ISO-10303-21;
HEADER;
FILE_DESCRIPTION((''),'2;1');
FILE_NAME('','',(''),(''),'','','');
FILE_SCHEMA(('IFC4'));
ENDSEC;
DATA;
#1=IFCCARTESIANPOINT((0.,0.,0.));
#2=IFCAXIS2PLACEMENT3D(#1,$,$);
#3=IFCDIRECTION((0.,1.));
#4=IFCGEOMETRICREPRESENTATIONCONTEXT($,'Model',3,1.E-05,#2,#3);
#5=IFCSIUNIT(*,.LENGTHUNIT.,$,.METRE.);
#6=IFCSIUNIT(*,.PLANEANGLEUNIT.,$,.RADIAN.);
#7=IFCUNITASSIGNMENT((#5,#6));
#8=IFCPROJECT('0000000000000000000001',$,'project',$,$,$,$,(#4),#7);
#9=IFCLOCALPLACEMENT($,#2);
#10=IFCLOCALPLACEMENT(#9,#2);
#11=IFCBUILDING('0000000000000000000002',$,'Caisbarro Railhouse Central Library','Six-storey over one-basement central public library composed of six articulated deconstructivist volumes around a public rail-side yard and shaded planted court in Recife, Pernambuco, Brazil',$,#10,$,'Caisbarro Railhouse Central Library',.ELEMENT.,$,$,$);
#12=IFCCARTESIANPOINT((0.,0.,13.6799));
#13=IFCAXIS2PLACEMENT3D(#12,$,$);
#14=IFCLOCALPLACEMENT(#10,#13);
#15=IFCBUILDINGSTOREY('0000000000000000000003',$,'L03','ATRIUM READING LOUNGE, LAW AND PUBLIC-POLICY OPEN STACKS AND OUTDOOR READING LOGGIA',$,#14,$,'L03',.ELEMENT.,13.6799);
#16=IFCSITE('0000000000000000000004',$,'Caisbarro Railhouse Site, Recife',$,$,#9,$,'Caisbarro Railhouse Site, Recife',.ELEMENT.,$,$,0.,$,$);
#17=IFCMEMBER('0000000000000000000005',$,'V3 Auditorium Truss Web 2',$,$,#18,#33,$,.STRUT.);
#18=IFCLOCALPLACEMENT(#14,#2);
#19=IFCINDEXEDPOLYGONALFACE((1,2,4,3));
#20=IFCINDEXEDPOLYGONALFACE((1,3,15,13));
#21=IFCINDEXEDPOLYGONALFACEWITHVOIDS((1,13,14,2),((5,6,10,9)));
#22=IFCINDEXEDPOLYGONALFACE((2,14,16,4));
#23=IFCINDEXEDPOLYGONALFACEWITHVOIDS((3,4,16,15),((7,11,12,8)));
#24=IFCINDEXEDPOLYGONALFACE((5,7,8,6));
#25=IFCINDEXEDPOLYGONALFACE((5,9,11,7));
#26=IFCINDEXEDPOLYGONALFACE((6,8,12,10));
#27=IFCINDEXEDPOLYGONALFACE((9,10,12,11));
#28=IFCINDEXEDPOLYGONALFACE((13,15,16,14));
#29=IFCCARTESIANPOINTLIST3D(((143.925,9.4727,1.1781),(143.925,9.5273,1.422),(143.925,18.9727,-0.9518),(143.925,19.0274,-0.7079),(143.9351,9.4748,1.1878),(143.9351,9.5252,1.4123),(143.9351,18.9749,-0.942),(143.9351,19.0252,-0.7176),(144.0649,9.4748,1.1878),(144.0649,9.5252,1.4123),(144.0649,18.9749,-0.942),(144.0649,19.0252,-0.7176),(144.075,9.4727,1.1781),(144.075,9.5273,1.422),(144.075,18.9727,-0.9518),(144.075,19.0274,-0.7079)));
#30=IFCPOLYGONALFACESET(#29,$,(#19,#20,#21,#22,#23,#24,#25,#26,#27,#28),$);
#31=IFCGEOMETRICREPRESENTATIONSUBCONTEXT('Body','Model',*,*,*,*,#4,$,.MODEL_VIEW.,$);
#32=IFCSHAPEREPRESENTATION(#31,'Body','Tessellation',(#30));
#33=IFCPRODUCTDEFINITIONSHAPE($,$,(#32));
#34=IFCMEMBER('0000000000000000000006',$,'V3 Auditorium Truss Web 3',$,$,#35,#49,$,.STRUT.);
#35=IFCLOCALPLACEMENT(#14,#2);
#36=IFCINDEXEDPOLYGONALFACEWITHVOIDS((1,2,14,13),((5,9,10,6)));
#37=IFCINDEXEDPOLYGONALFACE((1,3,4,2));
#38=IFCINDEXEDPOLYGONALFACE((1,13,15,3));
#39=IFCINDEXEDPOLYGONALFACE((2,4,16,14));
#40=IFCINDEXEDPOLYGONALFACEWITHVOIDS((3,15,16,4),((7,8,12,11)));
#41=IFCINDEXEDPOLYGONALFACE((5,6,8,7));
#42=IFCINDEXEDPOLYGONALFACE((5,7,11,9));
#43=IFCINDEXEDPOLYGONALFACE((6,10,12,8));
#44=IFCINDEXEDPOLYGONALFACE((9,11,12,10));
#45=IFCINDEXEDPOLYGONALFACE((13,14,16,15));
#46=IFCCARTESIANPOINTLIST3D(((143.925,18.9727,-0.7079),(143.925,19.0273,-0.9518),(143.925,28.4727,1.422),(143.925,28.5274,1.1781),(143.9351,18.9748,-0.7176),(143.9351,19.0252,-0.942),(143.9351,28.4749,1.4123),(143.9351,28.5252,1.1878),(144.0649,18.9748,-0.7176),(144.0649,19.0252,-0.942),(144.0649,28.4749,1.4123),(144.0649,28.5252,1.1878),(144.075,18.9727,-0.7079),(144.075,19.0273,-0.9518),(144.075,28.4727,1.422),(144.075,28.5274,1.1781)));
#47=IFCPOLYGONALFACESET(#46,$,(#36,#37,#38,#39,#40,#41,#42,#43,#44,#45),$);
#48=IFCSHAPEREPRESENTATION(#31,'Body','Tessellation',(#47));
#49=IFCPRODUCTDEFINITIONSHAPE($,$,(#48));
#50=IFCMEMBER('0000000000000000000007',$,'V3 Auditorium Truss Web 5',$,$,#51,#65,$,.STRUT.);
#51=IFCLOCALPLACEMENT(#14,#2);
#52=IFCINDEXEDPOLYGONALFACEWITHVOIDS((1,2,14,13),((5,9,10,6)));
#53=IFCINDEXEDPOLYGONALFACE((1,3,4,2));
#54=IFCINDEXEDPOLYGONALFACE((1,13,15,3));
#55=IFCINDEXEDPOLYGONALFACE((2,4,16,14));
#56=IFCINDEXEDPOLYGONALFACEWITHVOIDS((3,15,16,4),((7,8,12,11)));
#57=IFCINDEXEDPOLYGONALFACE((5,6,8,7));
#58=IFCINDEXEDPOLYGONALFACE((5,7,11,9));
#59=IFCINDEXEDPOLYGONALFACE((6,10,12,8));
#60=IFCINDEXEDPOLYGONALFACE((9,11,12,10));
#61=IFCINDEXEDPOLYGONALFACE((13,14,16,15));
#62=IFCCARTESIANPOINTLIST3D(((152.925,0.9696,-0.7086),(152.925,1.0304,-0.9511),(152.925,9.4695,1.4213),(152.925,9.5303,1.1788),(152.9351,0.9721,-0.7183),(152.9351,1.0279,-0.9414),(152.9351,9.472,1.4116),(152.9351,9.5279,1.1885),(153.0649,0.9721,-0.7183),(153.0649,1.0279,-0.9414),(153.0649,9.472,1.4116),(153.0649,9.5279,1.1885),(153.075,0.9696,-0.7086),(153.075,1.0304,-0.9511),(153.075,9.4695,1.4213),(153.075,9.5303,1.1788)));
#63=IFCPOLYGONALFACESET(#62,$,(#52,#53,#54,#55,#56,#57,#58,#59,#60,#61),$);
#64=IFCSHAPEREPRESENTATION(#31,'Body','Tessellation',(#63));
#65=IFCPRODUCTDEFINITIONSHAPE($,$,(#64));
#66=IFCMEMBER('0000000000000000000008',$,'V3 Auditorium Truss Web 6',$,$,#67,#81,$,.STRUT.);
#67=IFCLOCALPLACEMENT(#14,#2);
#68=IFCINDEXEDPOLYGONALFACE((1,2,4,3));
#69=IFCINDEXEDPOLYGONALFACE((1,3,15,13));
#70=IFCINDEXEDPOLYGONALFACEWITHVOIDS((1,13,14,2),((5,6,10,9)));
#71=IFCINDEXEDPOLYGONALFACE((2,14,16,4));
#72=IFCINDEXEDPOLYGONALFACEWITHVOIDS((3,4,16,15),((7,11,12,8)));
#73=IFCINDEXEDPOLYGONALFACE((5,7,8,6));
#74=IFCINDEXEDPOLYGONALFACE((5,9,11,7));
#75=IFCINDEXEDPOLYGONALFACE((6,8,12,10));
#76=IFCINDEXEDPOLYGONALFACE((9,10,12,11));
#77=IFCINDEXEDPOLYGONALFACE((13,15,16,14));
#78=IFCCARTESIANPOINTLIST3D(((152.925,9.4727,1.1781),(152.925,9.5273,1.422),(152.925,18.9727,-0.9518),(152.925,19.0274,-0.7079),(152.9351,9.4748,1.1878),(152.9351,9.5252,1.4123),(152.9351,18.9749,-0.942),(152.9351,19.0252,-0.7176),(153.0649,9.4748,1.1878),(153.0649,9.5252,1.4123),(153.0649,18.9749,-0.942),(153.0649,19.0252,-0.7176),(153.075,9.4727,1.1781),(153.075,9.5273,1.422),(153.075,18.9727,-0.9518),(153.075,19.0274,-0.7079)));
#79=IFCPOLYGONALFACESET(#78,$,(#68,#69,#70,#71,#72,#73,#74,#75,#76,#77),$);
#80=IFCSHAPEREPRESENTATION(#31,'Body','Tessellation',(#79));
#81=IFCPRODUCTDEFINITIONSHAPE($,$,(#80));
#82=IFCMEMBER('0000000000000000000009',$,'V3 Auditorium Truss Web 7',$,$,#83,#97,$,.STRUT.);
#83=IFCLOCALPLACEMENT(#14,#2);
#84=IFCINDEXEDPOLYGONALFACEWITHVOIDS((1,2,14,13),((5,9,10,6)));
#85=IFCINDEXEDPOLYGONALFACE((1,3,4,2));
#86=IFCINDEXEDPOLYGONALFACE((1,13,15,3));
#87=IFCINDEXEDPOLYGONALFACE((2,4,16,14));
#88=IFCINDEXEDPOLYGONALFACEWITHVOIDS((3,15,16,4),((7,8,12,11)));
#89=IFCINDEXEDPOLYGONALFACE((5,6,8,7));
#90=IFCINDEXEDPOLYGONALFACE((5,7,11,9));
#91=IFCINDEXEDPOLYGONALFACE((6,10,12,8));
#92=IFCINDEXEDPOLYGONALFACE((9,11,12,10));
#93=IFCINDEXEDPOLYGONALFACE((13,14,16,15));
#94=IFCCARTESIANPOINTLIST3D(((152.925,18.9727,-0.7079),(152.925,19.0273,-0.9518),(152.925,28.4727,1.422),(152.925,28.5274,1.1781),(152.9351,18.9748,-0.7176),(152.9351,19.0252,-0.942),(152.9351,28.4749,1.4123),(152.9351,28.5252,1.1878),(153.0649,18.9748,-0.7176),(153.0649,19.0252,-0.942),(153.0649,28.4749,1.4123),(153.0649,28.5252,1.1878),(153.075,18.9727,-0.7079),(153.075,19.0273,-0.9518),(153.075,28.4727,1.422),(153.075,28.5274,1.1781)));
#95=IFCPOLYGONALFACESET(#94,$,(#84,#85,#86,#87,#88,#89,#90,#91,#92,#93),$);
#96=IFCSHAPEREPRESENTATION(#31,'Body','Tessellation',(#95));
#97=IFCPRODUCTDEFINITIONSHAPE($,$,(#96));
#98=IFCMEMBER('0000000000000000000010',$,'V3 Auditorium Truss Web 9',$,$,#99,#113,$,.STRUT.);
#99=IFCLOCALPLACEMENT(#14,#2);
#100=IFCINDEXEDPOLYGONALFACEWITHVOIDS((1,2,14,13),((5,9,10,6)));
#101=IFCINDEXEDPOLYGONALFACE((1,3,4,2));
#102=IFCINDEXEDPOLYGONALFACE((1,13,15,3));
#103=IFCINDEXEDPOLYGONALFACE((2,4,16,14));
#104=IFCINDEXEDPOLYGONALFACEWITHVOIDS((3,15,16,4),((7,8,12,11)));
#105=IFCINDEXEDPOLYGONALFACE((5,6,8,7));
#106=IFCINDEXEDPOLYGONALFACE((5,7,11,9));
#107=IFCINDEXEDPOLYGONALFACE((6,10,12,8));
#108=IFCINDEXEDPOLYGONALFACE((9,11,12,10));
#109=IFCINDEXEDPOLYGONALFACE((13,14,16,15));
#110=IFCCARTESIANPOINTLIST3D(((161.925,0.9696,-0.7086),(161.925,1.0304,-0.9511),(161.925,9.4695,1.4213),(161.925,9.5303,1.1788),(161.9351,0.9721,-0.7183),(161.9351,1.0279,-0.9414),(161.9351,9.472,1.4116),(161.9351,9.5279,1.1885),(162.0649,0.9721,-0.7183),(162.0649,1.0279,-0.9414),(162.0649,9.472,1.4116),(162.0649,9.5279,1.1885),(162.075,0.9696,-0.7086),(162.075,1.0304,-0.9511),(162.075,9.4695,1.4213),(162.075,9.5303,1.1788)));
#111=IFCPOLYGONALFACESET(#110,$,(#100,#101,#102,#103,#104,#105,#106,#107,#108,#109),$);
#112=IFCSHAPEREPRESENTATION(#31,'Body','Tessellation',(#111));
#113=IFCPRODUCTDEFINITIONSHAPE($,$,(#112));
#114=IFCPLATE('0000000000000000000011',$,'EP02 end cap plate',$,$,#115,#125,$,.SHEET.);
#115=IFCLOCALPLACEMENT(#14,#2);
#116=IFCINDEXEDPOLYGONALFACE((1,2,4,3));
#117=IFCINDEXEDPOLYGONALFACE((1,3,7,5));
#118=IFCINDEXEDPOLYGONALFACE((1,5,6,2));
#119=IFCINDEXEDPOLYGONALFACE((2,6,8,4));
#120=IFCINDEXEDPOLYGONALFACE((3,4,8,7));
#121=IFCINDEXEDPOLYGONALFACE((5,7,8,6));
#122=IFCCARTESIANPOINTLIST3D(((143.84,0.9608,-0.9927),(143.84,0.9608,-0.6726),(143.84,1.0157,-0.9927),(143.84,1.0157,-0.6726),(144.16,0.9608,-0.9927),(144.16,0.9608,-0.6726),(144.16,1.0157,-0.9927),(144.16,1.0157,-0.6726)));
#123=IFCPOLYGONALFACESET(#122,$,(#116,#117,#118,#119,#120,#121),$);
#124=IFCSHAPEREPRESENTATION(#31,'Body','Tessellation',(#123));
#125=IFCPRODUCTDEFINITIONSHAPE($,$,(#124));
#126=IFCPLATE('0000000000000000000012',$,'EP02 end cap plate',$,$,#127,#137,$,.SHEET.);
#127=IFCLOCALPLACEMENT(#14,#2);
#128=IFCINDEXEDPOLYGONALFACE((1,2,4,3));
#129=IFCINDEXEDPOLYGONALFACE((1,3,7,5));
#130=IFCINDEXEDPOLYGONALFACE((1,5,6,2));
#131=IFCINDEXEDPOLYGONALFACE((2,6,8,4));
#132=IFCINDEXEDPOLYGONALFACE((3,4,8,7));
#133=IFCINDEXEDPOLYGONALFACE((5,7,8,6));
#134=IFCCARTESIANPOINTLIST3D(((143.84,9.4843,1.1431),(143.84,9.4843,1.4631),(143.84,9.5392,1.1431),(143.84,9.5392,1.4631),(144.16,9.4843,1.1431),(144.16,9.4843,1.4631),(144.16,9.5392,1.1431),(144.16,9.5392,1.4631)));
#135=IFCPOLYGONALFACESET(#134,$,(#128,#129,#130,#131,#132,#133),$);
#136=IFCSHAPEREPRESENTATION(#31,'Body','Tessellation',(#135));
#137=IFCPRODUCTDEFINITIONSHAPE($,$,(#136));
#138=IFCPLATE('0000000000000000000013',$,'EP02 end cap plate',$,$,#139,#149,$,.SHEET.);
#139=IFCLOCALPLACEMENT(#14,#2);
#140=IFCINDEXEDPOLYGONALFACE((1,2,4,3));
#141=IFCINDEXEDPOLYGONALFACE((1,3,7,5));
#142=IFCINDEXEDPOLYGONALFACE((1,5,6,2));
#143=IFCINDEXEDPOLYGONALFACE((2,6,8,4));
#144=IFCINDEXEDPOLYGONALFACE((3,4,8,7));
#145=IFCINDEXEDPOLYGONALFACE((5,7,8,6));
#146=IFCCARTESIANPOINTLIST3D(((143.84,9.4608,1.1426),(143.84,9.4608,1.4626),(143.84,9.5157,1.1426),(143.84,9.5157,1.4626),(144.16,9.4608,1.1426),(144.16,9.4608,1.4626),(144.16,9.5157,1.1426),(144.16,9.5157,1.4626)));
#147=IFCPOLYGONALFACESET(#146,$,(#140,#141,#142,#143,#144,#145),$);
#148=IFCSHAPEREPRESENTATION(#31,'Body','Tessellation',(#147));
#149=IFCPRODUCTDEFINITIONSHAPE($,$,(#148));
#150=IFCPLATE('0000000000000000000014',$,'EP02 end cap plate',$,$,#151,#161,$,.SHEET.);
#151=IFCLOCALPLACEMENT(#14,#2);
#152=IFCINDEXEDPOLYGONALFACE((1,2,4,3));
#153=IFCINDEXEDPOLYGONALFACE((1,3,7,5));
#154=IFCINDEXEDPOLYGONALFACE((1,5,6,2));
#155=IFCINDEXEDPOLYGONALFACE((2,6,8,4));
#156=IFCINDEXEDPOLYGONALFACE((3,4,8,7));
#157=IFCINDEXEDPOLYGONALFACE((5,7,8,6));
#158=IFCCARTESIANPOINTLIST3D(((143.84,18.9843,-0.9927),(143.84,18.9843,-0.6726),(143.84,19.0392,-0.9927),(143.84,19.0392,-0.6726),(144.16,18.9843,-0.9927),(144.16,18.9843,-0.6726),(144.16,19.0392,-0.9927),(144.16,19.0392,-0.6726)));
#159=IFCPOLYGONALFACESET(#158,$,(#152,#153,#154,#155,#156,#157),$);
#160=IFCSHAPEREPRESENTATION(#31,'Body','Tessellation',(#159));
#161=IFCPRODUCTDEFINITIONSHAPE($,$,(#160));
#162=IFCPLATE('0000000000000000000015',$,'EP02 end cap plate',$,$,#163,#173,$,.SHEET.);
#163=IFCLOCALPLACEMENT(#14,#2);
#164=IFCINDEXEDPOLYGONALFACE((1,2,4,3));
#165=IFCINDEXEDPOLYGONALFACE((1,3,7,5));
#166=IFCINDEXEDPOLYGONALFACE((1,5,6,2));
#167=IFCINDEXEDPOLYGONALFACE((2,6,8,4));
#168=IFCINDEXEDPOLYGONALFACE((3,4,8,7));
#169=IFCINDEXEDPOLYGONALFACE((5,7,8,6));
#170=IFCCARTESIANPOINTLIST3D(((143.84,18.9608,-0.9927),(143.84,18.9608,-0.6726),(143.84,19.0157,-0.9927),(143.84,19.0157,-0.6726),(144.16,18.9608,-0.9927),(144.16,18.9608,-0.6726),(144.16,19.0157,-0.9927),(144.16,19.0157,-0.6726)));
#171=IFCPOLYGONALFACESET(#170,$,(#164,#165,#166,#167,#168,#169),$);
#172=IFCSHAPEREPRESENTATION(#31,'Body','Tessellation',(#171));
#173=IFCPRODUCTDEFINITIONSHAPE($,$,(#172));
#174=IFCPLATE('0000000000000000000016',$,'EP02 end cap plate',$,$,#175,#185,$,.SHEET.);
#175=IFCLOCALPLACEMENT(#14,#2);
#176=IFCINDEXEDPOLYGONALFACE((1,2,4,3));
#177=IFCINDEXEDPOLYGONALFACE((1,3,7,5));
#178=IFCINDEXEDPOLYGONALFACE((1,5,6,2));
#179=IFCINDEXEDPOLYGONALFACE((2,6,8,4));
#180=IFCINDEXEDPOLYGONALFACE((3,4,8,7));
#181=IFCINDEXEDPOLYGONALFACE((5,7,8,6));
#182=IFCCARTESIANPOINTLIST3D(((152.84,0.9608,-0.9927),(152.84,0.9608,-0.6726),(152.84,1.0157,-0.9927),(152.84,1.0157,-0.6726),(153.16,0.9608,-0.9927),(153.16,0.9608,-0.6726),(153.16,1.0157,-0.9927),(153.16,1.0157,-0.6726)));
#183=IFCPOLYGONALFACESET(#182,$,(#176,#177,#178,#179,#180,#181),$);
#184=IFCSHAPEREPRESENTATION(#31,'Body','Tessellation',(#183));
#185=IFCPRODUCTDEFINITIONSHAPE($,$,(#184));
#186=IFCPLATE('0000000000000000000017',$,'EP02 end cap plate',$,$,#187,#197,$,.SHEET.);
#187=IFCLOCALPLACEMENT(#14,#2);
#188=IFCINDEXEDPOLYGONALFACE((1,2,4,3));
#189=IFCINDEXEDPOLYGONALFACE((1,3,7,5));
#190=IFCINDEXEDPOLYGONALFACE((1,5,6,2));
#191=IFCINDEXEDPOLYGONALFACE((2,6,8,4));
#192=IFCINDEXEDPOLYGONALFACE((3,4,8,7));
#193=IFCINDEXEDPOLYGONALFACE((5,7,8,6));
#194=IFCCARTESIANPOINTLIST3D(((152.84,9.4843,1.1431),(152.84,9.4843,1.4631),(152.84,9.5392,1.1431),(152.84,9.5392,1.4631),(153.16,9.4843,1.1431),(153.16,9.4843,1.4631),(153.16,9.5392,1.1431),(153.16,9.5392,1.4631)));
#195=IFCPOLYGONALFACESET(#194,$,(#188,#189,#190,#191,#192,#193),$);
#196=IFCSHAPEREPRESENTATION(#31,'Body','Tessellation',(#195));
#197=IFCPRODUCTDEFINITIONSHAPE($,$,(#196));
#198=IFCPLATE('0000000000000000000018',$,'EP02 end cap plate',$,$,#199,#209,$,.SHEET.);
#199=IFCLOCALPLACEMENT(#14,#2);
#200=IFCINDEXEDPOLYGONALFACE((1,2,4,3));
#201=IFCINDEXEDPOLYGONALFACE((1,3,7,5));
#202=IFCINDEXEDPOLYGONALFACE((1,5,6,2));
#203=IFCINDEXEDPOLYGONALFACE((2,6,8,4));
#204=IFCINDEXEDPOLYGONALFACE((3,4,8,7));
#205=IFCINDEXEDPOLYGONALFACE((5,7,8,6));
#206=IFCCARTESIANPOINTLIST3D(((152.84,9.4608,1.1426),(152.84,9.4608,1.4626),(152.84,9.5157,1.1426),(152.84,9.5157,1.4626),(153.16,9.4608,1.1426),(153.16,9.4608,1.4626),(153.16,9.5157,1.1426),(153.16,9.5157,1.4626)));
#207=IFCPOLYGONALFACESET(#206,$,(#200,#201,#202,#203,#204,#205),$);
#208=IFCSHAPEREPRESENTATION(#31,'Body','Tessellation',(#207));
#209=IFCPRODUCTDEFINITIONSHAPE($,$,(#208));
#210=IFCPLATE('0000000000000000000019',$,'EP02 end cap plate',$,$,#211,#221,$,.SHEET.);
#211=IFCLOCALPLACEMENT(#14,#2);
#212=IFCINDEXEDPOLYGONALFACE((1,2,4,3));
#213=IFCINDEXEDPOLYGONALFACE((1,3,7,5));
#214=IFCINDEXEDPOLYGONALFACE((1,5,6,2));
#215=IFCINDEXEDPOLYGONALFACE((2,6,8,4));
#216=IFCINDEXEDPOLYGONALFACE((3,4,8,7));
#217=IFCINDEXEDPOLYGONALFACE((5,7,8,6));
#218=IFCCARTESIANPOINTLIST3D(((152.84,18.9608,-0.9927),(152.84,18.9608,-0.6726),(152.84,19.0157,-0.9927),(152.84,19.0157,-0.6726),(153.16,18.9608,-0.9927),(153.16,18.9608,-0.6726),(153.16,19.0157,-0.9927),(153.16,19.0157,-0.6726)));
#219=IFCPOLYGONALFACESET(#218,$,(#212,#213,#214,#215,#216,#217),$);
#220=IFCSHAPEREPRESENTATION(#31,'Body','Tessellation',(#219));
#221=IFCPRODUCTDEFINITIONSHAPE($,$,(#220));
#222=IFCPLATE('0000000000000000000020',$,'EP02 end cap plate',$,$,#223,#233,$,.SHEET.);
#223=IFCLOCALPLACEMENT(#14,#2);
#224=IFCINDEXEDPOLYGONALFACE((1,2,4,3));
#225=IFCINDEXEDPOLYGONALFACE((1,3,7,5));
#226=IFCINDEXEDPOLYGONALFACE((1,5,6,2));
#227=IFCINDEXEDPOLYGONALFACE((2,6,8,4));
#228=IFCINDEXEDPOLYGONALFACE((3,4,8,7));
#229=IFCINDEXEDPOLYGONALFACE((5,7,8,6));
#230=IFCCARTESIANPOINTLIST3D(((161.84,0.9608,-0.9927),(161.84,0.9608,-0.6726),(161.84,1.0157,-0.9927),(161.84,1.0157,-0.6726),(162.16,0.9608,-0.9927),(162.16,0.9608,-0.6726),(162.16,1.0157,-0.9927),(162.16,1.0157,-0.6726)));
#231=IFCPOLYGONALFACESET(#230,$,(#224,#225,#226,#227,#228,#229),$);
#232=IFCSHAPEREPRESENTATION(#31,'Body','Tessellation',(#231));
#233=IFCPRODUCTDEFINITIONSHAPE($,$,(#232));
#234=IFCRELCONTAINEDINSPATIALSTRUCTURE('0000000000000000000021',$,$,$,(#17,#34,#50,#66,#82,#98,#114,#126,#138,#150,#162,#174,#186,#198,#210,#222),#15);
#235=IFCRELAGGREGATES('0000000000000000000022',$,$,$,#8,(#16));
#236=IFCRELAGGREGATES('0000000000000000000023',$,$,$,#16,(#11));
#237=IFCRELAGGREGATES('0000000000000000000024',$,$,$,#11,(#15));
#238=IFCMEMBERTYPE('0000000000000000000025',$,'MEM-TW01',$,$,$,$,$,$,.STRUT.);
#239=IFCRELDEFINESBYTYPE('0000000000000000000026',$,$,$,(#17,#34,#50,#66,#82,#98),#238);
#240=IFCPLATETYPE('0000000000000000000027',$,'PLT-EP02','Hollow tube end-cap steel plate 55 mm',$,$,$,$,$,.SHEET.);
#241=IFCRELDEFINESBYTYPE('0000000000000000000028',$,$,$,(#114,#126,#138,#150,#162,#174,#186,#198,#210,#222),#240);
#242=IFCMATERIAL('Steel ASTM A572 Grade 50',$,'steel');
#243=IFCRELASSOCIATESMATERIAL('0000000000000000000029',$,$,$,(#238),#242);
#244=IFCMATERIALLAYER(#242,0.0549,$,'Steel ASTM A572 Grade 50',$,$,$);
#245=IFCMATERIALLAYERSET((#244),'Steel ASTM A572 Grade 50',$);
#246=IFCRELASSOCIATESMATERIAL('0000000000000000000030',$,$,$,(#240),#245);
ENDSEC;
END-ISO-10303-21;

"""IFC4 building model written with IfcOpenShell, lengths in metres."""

from ifc_helpers import new_model, si_unit, direction, frame, origin, origin_2d, place, context, subcontext, project, spatial, rectangle, hollow_rectangle, extrude, material, layer, layer_set, material_profile, profile_set, type_object, element, save


model = new_model("IFC4")

# Units and contexts
model_context = context("Model", 3, precision=1e-05, world=origin(), true_north=direction((0.0, 1.0)))
body_context = subcontext(model_context, "Body", "Model", "MODEL_VIEW")
ifc_project = project(units=[si_unit("LENGTHUNIT", "METRE"), si_unit("PLANEANGLEUNIT", "RADIAN")], contexts=[model_context])

# Site, building, storey
site_placement = place(None, origin())
site = spatial("IfcSite", under=ifc_project, at=site_placement, Name="Caisbarro Railhouse Site, Recife", LongName="Caisbarro Railhouse Site, Recife", CompositionType="ELEMENT", RefElevation=0.0)
building_placement = place(site_placement, origin())
building = spatial("IfcBuilding", under=site, at=building_placement, Name="Caisbarro Railhouse Central Library", Description="Six-storey over one-basement central public library composed of six articulated deconstructivist volumes around a public rail-side yard and shaded planted court in Recife, Pernambuco, Brazil", LongName="Caisbarro Railhouse Central Library", CompositionType="ELEMENT")
storey_placement = place(building_placement, frame((0.0, 0.0, 13.6799)))
storey = spatial("IfcBuildingStorey", under=building, at=storey_placement, Name="L03", Description="ATRIUM READING LOUNGE, LAW AND PUBLIC-POLICY OPEN STACKS AND OUTDOOR READING LOGGIA", LongName="L03", CompositionType="ELEMENT", Elevation=13.6799)

# Members
ifc_material_1 = material(Name="Steel ASTM A572 Grade 50", Category="steel")
ifc_material_profile_1 = material_profile(ifc_material_1, hollow_rectangle(XDim=0.1499, YDim=0.25, WallThickness=0.01, at=origin_2d()), Name="HSS250X150X10")
ifc_profile_set_1 = profile_set([ifc_material_profile_1], Name="Steel ASTM A572 Grade 50")
member_type_1 = type_object("IfcMemberType", Name="MEM-TW01", PredefinedType="STRUT", material=ifc_profile_set_1)
for number, where, z_axis, x_axis, name in (
    (1, (144.0, 9.5, 1.3), (0.0, 0.975777, -0.218767), (-1.0, 0.0, 0.0), "V3 Auditorium Truss Web 2"),
    (2, (144.0, 19.0, -0.8298), (0.0, 0.975777, 0.218767), (-1.0, 0.0, 0.0), "V3 Auditorium Truss Web 3"),
):
    element("IfcMember", number, at=place(storey_placement, frame(where, z_axis=z_axis, x_axis=x_axis)), inside=storey, type_object=member_type_1, Name=name, PredefinedType="STRUT", context=body_context, shape_type="SweptSolid", body=[
        extrude(hollow_rectangle(XDim=0.1499, YDim=0.25, WallThickness=0.01, at=origin_2d()), origin(), (0.0, 0.0, 1.0), 9.7358),
    ])
member_1_placement = place(storey_placement, frame((153.0, 1.0, -0.8298), z_axis=(0.0, 0.970011, 0.24306), x_axis=(-1.0, 0.0, 0.0)))
element("IfcMember", 3, at=member_1_placement, inside=storey, type_object=member_type_1, Name="V3 Auditorium Truss Web 5", PredefinedType="STRUT", context=body_context, shape_type="SweptSolid", body=[
    extrude(hollow_rectangle(XDim=0.1499, YDim=0.25, WallThickness=0.01, at=origin_2d()), origin(), (0.0, 0.0, 1.0), 8.7627),
])
for number, where, z_axis, x_axis, name in (
    (4, (153.0, 9.5, 1.3), (0.0, 0.975777, -0.218767), (-1.0, 0.0, 0.0), "V3 Auditorium Truss Web 6"),
    (5, (153.0, 19.0, -0.8298), (0.0, 0.975777, 0.218767), (-1.0, 0.0, 0.0), "V3 Auditorium Truss Web 7"),
):
    element("IfcMember", number, at=place(storey_placement, frame(where, z_axis=z_axis, x_axis=x_axis)), inside=storey, type_object=member_type_1, Name=name, PredefinedType="STRUT", context=body_context, shape_type="SweptSolid", body=[
        extrude(hollow_rectangle(XDim=0.1499, YDim=0.25, WallThickness=0.01, at=origin_2d()), origin(), (0.0, 0.0, 1.0), 9.7358),
    ])
member_2_placement = place(storey_placement, frame((162.0, 1.0, -0.8298), z_axis=(0.0, 0.970011, 0.24306), x_axis=(-1.0, 0.0, 0.0)))
element("IfcMember", 6, at=member_2_placement, inside=storey, type_object=member_type_1, Name="V3 Auditorium Truss Web 9", PredefinedType="STRUT", context=body_context, shape_type="SweptSolid", body=[
    extrude(hollow_rectangle(XDim=0.1499, YDim=0.25, WallThickness=0.01, at=origin_2d()), origin(), (0.0, 0.0, 1.0), 8.7627),
])

# Plates
ifc_layer_1 = layer(ifc_material_1, 0.0549, Name="Steel ASTM A572 Grade 50")
ifc_layer_set_1 = layer_set([ifc_layer_1], Name="Steel ASTM A572 Grade 50")
plate_type_1 = type_object("IfcPlateType", Name="PLT-EP02", Description="Hollow tube end-cap steel plate 55 mm", PredefinedType="SHEET", material=ifc_layer_set_1)
for number, where, z_axis, x_axis, name in (
    (7, (144.0, 0.9883, -0.9927), (0.0, 0.0, 1.0), (0.0, 1.0, 0.0), "EP02 end cap plate"),
    (8, (144.0, 9.5117, 1.1431), (0.0, 0.0, 1.0), (0.0, 1.0, 0.0), "EP02 end cap plate"),
    (9, (144.0, 9.4883, 1.1426), (0.0, 0.0, 1.0), (0.0, 1.0, 0.0), "EP02 end cap plate"),
    (10, (144.0, 19.0117, -0.9927), (0.0, 0.0, 1.0), (0.0, 1.0, 0.0), "EP02 end cap plate"),
    (11, (144.0, 18.9883, -0.9927), (0.0, 0.0, 1.0), (0.0, 1.0, 0.0), "EP02 end cap plate"),
    (12, (153.0, 0.9883, -0.9927), (0.0, 0.0, 1.0), (0.0, 1.0, 0.0), "EP02 end cap plate"),
    (13, (153.0, 9.5117, 1.1431), (0.0, 0.0, 1.0), (0.0, 1.0, 0.0), "EP02 end cap plate"),
    (14, (153.0, 9.4883, 1.1426), (0.0, 0.0, 1.0), (0.0, 1.0, 0.0), "EP02 end cap plate"),
    (15, (153.0, 18.9883, -0.9927), (0.0, 0.0, 1.0), (0.0, 1.0, 0.0), "EP02 end cap plate"),
    (16, (162.0, 0.9883, -0.9927), (0.0, 0.0, 1.0), (0.0, 1.0, 0.0), "EP02 end cap plate"),
):
    element("IfcPlate", number, at=place(storey_placement, frame(where, z_axis=z_axis, x_axis=x_axis)), inside=storey, type_object=plate_type_1, Name=name, PredefinedType="SHEET", context=body_context, shape_type="SweptSolid", body=[
        extrude(rectangle(XDim=0.0549, YDim=0.3201, at=origin_2d()), origin(), (0.0, 0.0, 1.0), 0.3201),
    ])

save(model, "model.ifc")
